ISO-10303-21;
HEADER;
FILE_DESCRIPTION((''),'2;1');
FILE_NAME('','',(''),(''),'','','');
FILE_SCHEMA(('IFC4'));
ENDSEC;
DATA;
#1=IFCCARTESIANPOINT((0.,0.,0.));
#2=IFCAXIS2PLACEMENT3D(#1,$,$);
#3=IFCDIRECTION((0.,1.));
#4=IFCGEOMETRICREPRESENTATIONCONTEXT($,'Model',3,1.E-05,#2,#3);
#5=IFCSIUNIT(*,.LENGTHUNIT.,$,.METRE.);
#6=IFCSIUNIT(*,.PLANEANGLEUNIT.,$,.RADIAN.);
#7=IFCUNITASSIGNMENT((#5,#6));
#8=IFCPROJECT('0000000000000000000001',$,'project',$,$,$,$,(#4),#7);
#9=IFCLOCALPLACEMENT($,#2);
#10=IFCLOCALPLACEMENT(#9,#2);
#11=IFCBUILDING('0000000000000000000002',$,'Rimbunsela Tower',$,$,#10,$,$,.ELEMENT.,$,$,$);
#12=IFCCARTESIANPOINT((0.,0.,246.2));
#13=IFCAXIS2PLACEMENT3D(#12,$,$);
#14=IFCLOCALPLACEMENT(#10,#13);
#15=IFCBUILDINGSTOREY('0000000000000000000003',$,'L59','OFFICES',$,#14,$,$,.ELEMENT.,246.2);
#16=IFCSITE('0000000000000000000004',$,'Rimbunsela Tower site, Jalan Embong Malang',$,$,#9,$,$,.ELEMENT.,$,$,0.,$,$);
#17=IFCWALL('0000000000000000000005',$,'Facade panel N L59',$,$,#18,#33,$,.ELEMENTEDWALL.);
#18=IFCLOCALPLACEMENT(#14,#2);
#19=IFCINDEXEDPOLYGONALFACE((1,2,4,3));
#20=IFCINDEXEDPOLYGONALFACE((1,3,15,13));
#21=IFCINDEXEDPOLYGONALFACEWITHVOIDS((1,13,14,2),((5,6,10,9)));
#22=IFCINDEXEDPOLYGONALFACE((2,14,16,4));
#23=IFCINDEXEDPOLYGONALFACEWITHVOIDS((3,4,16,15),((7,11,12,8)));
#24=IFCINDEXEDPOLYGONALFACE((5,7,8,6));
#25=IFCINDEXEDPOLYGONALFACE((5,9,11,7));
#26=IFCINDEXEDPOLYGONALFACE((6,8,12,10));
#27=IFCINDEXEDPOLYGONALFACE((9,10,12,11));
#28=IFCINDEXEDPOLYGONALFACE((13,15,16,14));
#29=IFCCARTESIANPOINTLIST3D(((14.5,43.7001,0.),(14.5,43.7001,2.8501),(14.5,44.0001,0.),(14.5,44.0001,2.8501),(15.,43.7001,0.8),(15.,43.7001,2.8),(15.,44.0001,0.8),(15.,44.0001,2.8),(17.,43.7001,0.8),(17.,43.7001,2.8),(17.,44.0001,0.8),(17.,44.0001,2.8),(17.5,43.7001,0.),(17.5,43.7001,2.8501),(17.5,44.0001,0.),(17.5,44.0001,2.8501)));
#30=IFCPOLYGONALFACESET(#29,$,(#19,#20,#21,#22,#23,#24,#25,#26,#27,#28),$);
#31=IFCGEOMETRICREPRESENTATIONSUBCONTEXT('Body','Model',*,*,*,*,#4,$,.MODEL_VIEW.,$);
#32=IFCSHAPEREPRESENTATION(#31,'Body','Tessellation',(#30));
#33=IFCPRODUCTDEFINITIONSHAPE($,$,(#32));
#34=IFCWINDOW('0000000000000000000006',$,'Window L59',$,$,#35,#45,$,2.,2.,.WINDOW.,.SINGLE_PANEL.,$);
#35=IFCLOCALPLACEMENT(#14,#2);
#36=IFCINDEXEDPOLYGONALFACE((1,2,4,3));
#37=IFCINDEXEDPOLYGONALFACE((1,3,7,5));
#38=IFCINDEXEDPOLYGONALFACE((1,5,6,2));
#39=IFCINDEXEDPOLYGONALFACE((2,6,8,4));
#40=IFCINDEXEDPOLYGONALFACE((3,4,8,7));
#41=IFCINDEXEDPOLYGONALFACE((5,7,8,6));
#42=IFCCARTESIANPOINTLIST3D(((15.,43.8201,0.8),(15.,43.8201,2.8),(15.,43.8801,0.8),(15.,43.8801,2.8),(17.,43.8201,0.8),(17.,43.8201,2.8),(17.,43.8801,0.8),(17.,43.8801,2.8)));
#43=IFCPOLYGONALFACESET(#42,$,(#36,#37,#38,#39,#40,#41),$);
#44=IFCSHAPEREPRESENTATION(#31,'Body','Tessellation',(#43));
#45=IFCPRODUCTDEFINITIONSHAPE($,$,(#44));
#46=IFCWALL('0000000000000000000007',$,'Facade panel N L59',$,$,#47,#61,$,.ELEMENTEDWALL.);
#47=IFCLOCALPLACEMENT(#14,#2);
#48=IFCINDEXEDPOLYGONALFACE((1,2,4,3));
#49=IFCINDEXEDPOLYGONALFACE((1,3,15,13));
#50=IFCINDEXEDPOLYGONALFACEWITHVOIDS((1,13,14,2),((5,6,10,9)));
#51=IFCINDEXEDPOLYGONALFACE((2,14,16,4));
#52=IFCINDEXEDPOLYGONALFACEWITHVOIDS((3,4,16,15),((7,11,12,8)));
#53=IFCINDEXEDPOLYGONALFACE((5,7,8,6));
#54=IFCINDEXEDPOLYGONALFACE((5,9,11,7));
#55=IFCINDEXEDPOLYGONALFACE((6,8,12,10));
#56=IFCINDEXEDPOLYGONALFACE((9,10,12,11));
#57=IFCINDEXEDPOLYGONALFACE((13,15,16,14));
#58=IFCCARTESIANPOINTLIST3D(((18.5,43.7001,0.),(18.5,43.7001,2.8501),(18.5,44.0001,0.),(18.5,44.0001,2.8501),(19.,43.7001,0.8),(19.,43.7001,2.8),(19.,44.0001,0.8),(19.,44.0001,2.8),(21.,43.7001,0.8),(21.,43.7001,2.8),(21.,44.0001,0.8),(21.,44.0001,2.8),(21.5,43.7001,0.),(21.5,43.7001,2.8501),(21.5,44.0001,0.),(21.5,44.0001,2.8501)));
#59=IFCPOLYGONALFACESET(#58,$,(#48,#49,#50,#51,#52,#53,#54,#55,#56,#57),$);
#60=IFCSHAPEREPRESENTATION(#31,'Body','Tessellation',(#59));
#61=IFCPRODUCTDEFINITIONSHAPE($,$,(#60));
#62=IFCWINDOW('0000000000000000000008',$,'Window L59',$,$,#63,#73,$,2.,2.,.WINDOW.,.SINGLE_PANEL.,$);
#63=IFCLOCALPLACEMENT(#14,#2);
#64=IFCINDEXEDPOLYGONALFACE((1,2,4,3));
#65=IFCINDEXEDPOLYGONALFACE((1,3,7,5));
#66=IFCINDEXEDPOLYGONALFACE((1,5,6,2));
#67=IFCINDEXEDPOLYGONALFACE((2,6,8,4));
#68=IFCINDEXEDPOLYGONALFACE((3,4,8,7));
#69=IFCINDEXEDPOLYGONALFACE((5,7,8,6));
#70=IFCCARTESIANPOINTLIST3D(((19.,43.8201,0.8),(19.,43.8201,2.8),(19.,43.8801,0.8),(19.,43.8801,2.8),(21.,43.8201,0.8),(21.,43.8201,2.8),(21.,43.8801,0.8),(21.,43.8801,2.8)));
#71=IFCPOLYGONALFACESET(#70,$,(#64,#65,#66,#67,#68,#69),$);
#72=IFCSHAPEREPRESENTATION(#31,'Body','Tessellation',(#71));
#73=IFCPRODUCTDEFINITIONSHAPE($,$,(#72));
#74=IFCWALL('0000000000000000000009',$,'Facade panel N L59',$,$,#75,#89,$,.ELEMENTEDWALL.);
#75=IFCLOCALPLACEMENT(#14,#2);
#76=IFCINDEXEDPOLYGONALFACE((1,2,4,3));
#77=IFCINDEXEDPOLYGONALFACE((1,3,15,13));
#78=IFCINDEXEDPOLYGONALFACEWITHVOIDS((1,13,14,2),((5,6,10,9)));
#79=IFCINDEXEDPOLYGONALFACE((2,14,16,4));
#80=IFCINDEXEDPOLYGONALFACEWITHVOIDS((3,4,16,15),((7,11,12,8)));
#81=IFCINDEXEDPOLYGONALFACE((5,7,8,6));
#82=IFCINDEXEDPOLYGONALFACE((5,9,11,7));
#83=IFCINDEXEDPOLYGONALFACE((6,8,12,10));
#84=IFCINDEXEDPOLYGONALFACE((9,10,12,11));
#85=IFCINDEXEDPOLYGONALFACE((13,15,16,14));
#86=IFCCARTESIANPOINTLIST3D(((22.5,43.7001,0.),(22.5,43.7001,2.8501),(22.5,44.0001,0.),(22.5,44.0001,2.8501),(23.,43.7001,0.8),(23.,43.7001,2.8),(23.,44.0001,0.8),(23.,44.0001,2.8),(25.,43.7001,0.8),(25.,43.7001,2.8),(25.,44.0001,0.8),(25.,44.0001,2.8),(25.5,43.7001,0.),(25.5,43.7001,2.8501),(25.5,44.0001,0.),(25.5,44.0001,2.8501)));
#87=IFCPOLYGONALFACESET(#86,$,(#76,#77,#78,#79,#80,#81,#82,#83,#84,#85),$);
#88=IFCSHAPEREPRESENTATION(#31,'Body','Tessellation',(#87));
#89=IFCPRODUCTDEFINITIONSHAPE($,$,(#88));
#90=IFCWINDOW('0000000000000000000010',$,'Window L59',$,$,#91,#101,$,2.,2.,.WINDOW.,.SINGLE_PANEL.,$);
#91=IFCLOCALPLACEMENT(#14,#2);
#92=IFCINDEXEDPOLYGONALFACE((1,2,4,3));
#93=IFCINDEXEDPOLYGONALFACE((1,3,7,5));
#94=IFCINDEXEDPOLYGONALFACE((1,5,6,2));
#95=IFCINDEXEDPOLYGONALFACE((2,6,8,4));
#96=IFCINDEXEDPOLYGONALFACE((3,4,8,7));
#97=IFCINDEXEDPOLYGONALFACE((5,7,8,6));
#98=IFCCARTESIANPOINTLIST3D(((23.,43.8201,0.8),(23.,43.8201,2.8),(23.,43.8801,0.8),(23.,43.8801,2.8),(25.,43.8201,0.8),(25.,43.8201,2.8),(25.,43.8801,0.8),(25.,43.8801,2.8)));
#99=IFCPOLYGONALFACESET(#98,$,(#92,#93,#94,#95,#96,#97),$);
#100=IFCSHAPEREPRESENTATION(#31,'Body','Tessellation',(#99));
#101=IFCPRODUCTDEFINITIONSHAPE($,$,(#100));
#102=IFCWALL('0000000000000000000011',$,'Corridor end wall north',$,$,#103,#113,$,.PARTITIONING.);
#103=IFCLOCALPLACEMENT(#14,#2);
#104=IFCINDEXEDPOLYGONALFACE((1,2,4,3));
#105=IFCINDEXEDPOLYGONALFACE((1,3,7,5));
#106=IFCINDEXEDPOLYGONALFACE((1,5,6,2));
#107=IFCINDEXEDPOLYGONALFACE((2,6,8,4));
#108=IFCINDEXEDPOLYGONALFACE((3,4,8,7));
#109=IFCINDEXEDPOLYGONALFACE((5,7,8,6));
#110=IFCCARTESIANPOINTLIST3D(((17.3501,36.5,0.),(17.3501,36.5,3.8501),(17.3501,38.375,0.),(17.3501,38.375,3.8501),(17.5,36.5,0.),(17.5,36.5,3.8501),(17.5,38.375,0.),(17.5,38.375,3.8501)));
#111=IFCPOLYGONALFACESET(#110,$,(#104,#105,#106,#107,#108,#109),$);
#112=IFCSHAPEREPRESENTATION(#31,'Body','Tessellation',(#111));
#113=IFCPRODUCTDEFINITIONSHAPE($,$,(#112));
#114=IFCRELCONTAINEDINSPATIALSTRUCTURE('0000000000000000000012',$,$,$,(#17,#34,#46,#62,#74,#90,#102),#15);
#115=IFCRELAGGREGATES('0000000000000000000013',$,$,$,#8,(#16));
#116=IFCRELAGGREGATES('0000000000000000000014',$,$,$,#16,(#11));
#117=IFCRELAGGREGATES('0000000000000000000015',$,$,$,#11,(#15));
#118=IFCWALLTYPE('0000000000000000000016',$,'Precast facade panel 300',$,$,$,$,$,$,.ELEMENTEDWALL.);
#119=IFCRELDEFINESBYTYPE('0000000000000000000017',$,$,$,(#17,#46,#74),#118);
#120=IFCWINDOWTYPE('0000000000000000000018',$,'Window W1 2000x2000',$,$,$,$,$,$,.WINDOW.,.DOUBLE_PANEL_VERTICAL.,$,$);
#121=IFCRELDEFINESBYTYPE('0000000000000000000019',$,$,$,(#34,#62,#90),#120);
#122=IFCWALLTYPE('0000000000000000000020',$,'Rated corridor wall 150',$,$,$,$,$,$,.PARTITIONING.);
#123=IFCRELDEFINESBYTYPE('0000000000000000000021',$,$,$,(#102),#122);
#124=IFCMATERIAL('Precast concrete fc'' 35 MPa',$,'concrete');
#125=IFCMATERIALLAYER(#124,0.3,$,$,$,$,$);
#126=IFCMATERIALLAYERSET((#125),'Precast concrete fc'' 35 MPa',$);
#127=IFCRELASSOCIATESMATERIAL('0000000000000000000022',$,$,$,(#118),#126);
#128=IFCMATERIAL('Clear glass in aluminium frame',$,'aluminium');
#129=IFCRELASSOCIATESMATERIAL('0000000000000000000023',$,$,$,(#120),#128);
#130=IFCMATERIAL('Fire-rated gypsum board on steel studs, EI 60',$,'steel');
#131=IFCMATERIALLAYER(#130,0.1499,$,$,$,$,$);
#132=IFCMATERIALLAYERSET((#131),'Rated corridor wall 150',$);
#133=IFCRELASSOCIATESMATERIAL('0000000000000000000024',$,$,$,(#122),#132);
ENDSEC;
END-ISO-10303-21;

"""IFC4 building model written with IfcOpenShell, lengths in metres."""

from ifc_helpers import new_model, si_unit, direction, frame, frame_2d, origin, place, context, subcontext, project, spatial, rectangle, extrude, material, layer, layer_set, type_object, element, fill, save


model = new_model("IFC4")

# Units and contexts
model_context = context("Model", 3, precision=1e-05, world=origin(), true_north=direction((0.0, 1.0)))
body_context = subcontext(model_context, "Body", "Model", "MODEL_VIEW")
ifc_project = project(units=[si_unit("LENGTHUNIT", "METRE"), si_unit("PLANEANGLEUNIT", "RADIAN")], contexts=[model_context])

# Site, building, storey
site_placement = place(None, origin())
site = spatial("IfcSite", under=ifc_project, at=site_placement, Name="Rimbunsela Tower site, Jalan Embong Malang", CompositionType="ELEMENT", RefElevation=0.0)
building_placement = place(site_placement, origin())
building = spatial("IfcBuilding", under=site, at=building_placement, Name="Rimbunsela Tower", CompositionType="ELEMENT")
storey_placement = place(building_placement, frame((0.0, 0.0, 246.2)))
storey = spatial("IfcBuildingStorey", under=building, at=storey_placement, Name="L59", Description="OFFICES", CompositionType="ELEMENT", Elevation=246.2)

# Walls, openings, windows
ifc_material_1 = material(Name="Precast concrete fc' 35 MPa", Category="concrete")
ifc_layer_1 = layer(ifc_material_1, 0.3)
ifc_layer_set_1 = layer_set([ifc_layer_1], Name="Precast concrete fc' 35 MPa")
wall_type_1 = type_object("IfcWallType", Name="Precast facade panel 300", PredefinedType="ELEMENTEDWALL", material=ifc_layer_set_1)
wall_1_placement = place(storey_placement, frame((17.5, 43.8501, 0.0), z_axis=(0.0, 0.0, 1.0), x_axis=(-1.0, 0.0, 0.0)))
wall_1 = element("IfcWall", 1, at=wall_1_placement, inside=storey, type_object=wall_type_1, Name="Facade panel N L59", PredefinedType="ELEMENTEDWALL", context=body_context, shape_type="SweptSolid", body=[
    extrude(rectangle(XDim=3.0, YDim=0.3, at=frame_2d((1.5, 0.0))), origin(), (0.0, 0.0, 1.0), 2.8501),
])
opening_1_placement = place(wall_1_placement, frame((0.5, 0.0, 0.8)))
opening_1 = element("IfcOpeningElement", 2, at=opening_1_placement, cuts=wall_1, PredefinedType="OPENING", context=body_context, shape_type="SweptSolid", body=[
    extrude(rectangle(XDim=2.0, YDim=2.0, at=frame_2d((1.0, 1.0))), frame((0.0, 0.1599, 0.0), z_axis=(0.0, -1.0, 0.0), x_axis=(1.0, 0.0, 0.0)), (0.0, 0.0, 1.0), 0.3201),
])
ifc_material_2 = material(Name="Clear glass in aluminium frame", Category="aluminium")
window_type = type_object("IfcWindowType", Name="Window W1 2000x2000", PartitioningType="DOUBLE_PANEL_VERTICAL", PredefinedType="WINDOW", material=ifc_material_2)
window_1_placement = place(opening_1_placement, origin())
window_1 = element("IfcWindow", 3, at=window_1_placement, inside=storey, type_object=window_type, Name="Window L59", OverallHeight=2.0, OverallWidth=2.0, PartitioningType="SINGLE_PANEL", PredefinedType="WINDOW", context=body_context, shape_type="SweptSolid", body=[
    extrude(rectangle(XDim=2.0, YDim=2.0, at=frame_2d((1.0, 1.0))), frame((0.0, 0.03, 0.0), z_axis=(0.0, -1.0, 0.0), x_axis=(1.0, 0.0, 0.0)), (0.0, 0.0, 1.0), 0.0601),
])
fill(opening_1, window_1)
wall_2_placement = place(storey_placement, frame((21.5, 43.8501, 0.0), z_axis=(0.0, 0.0, 1.0), x_axis=(-1.0, 0.0, 0.0)))
wall_2 = element("IfcWall", 4, at=wall_2_placement, inside=storey, type_object=wall_type_1, Name="Facade panel N L59", PredefinedType="ELEMENTEDWALL", context=body_context, shape_type="SweptSolid", body=[
    extrude(rectangle(XDim=3.0, YDim=0.3, at=frame_2d((1.5, 0.0))), origin(), (0.0, 0.0, 1.0), 2.8501),
])
opening_2_placement = place(wall_2_placement, frame((0.5, 0.0, 0.8)))
opening_2 = element("IfcOpeningElement", 5, at=opening_2_placement, cuts=wall_2, PredefinedType="OPENING", context=body_context, shape_type="SweptSolid", body=[
    extrude(rectangle(XDim=2.0, YDim=2.0, at=frame_2d((1.0, 1.0))), frame((0.0, 0.1599, 0.0), z_axis=(0.0, -1.0, 0.0), x_axis=(1.0, 0.0, 0.0)), (0.0, 0.0, 1.0), 0.3201),
])
window_2_placement = place(opening_2_placement, origin())
window_2 = element("IfcWindow", 6, at=window_2_placement, inside=storey, type_object=window_type, Name="Window L59", OverallHeight=2.0, OverallWidth=2.0, PartitioningType="SINGLE_PANEL", PredefinedType="WINDOW", context=body_context, shape_type="SweptSolid", body=[
    extrude(rectangle(XDim=2.0, YDim=2.0, at=frame_2d((1.0, 1.0))), frame((0.0, 0.03, 0.0), z_axis=(0.0, -1.0, 0.0), x_axis=(1.0, 0.0, 0.0)), (0.0, 0.0, 1.0), 0.0601),
])
fill(opening_2, window_2)
wall_3_placement = place(storey_placement, frame((25.5, 43.8501, 0.0), z_axis=(0.0, 0.0, 1.0), x_axis=(-1.0, 0.0, 0.0)))
wall_3 = element("IfcWall", 7, at=wall_3_placement, inside=storey, type_object=wall_type_1, Name="Facade panel N L59", PredefinedType="ELEMENTEDWALL", context=body_context, shape_type="SweptSolid", body=[
    extrude(rectangle(XDim=3.0, YDim=0.3, at=frame_2d((1.5, 0.0))), origin(), (0.0, 0.0, 1.0), 2.8501),
])
opening_3_placement = place(wall_3_placement, frame((0.5, 0.0, 0.8)))
opening_3 = element("IfcOpeningElement", 8, at=opening_3_placement, cuts=wall_3, PredefinedType="OPENING", context=body_context, shape_type="SweptSolid", body=[
    extrude(rectangle(XDim=2.0, YDim=2.0, at=frame_2d((1.0, 1.0))), frame((0.0, 0.1599, 0.0), z_axis=(0.0, -1.0, 0.0), x_axis=(1.0, 0.0, 0.0)), (0.0, 0.0, 1.0), 0.3201),
])
window_3_placement = place(opening_3_placement, origin())
window_3 = element("IfcWindow", 9, at=window_3_placement, inside=storey, type_object=window_type, Name="Window L59", OverallHeight=2.0, OverallWidth=2.0, PartitioningType="SINGLE_PANEL", PredefinedType="WINDOW", context=body_context, shape_type="SweptSolid", body=[
    extrude(rectangle(XDim=2.0, YDim=2.0, at=frame_2d((1.0, 1.0))), frame((0.0, 0.03, 0.0), z_axis=(0.0, -1.0, 0.0), x_axis=(1.0, 0.0, 0.0)), (0.0, 0.0, 1.0), 0.0601),
])
fill(opening_3, window_3)

# Wall
ifc_material_3 = material(Name="Fire-rated gypsum board on steel studs, EI 60", Category="steel")
ifc_layer_2 = layer(ifc_material_3, 0.1499)
ifc_layer_set_2 = layer_set([ifc_layer_2], Name="Rated corridor wall 150")
wall_type_2 = type_object("IfcWallType", Name="Rated corridor wall 150", PredefinedType="PARTITIONING", material=ifc_layer_set_2)
wall_4_placement = place(storey_placement, frame((17.425, 36.5, 0.0), z_axis=(0.0, 0.0, 1.0), x_axis=(0.0, 1.0, 0.0)))
element("IfcWall", 10, at=wall_4_placement, inside=storey, type_object=wall_type_2, Name="Corridor end wall north", PredefinedType="PARTITIONING", context=body_context, shape_type="SweptSolid", body=[
    extrude(rectangle(XDim=1.875, YDim=0.1499, at=frame_2d((0.9375, 0.0))), origin(), (0.0, 0.0, 1.0), 3.8501),
])

save(model, "model.ifc")
